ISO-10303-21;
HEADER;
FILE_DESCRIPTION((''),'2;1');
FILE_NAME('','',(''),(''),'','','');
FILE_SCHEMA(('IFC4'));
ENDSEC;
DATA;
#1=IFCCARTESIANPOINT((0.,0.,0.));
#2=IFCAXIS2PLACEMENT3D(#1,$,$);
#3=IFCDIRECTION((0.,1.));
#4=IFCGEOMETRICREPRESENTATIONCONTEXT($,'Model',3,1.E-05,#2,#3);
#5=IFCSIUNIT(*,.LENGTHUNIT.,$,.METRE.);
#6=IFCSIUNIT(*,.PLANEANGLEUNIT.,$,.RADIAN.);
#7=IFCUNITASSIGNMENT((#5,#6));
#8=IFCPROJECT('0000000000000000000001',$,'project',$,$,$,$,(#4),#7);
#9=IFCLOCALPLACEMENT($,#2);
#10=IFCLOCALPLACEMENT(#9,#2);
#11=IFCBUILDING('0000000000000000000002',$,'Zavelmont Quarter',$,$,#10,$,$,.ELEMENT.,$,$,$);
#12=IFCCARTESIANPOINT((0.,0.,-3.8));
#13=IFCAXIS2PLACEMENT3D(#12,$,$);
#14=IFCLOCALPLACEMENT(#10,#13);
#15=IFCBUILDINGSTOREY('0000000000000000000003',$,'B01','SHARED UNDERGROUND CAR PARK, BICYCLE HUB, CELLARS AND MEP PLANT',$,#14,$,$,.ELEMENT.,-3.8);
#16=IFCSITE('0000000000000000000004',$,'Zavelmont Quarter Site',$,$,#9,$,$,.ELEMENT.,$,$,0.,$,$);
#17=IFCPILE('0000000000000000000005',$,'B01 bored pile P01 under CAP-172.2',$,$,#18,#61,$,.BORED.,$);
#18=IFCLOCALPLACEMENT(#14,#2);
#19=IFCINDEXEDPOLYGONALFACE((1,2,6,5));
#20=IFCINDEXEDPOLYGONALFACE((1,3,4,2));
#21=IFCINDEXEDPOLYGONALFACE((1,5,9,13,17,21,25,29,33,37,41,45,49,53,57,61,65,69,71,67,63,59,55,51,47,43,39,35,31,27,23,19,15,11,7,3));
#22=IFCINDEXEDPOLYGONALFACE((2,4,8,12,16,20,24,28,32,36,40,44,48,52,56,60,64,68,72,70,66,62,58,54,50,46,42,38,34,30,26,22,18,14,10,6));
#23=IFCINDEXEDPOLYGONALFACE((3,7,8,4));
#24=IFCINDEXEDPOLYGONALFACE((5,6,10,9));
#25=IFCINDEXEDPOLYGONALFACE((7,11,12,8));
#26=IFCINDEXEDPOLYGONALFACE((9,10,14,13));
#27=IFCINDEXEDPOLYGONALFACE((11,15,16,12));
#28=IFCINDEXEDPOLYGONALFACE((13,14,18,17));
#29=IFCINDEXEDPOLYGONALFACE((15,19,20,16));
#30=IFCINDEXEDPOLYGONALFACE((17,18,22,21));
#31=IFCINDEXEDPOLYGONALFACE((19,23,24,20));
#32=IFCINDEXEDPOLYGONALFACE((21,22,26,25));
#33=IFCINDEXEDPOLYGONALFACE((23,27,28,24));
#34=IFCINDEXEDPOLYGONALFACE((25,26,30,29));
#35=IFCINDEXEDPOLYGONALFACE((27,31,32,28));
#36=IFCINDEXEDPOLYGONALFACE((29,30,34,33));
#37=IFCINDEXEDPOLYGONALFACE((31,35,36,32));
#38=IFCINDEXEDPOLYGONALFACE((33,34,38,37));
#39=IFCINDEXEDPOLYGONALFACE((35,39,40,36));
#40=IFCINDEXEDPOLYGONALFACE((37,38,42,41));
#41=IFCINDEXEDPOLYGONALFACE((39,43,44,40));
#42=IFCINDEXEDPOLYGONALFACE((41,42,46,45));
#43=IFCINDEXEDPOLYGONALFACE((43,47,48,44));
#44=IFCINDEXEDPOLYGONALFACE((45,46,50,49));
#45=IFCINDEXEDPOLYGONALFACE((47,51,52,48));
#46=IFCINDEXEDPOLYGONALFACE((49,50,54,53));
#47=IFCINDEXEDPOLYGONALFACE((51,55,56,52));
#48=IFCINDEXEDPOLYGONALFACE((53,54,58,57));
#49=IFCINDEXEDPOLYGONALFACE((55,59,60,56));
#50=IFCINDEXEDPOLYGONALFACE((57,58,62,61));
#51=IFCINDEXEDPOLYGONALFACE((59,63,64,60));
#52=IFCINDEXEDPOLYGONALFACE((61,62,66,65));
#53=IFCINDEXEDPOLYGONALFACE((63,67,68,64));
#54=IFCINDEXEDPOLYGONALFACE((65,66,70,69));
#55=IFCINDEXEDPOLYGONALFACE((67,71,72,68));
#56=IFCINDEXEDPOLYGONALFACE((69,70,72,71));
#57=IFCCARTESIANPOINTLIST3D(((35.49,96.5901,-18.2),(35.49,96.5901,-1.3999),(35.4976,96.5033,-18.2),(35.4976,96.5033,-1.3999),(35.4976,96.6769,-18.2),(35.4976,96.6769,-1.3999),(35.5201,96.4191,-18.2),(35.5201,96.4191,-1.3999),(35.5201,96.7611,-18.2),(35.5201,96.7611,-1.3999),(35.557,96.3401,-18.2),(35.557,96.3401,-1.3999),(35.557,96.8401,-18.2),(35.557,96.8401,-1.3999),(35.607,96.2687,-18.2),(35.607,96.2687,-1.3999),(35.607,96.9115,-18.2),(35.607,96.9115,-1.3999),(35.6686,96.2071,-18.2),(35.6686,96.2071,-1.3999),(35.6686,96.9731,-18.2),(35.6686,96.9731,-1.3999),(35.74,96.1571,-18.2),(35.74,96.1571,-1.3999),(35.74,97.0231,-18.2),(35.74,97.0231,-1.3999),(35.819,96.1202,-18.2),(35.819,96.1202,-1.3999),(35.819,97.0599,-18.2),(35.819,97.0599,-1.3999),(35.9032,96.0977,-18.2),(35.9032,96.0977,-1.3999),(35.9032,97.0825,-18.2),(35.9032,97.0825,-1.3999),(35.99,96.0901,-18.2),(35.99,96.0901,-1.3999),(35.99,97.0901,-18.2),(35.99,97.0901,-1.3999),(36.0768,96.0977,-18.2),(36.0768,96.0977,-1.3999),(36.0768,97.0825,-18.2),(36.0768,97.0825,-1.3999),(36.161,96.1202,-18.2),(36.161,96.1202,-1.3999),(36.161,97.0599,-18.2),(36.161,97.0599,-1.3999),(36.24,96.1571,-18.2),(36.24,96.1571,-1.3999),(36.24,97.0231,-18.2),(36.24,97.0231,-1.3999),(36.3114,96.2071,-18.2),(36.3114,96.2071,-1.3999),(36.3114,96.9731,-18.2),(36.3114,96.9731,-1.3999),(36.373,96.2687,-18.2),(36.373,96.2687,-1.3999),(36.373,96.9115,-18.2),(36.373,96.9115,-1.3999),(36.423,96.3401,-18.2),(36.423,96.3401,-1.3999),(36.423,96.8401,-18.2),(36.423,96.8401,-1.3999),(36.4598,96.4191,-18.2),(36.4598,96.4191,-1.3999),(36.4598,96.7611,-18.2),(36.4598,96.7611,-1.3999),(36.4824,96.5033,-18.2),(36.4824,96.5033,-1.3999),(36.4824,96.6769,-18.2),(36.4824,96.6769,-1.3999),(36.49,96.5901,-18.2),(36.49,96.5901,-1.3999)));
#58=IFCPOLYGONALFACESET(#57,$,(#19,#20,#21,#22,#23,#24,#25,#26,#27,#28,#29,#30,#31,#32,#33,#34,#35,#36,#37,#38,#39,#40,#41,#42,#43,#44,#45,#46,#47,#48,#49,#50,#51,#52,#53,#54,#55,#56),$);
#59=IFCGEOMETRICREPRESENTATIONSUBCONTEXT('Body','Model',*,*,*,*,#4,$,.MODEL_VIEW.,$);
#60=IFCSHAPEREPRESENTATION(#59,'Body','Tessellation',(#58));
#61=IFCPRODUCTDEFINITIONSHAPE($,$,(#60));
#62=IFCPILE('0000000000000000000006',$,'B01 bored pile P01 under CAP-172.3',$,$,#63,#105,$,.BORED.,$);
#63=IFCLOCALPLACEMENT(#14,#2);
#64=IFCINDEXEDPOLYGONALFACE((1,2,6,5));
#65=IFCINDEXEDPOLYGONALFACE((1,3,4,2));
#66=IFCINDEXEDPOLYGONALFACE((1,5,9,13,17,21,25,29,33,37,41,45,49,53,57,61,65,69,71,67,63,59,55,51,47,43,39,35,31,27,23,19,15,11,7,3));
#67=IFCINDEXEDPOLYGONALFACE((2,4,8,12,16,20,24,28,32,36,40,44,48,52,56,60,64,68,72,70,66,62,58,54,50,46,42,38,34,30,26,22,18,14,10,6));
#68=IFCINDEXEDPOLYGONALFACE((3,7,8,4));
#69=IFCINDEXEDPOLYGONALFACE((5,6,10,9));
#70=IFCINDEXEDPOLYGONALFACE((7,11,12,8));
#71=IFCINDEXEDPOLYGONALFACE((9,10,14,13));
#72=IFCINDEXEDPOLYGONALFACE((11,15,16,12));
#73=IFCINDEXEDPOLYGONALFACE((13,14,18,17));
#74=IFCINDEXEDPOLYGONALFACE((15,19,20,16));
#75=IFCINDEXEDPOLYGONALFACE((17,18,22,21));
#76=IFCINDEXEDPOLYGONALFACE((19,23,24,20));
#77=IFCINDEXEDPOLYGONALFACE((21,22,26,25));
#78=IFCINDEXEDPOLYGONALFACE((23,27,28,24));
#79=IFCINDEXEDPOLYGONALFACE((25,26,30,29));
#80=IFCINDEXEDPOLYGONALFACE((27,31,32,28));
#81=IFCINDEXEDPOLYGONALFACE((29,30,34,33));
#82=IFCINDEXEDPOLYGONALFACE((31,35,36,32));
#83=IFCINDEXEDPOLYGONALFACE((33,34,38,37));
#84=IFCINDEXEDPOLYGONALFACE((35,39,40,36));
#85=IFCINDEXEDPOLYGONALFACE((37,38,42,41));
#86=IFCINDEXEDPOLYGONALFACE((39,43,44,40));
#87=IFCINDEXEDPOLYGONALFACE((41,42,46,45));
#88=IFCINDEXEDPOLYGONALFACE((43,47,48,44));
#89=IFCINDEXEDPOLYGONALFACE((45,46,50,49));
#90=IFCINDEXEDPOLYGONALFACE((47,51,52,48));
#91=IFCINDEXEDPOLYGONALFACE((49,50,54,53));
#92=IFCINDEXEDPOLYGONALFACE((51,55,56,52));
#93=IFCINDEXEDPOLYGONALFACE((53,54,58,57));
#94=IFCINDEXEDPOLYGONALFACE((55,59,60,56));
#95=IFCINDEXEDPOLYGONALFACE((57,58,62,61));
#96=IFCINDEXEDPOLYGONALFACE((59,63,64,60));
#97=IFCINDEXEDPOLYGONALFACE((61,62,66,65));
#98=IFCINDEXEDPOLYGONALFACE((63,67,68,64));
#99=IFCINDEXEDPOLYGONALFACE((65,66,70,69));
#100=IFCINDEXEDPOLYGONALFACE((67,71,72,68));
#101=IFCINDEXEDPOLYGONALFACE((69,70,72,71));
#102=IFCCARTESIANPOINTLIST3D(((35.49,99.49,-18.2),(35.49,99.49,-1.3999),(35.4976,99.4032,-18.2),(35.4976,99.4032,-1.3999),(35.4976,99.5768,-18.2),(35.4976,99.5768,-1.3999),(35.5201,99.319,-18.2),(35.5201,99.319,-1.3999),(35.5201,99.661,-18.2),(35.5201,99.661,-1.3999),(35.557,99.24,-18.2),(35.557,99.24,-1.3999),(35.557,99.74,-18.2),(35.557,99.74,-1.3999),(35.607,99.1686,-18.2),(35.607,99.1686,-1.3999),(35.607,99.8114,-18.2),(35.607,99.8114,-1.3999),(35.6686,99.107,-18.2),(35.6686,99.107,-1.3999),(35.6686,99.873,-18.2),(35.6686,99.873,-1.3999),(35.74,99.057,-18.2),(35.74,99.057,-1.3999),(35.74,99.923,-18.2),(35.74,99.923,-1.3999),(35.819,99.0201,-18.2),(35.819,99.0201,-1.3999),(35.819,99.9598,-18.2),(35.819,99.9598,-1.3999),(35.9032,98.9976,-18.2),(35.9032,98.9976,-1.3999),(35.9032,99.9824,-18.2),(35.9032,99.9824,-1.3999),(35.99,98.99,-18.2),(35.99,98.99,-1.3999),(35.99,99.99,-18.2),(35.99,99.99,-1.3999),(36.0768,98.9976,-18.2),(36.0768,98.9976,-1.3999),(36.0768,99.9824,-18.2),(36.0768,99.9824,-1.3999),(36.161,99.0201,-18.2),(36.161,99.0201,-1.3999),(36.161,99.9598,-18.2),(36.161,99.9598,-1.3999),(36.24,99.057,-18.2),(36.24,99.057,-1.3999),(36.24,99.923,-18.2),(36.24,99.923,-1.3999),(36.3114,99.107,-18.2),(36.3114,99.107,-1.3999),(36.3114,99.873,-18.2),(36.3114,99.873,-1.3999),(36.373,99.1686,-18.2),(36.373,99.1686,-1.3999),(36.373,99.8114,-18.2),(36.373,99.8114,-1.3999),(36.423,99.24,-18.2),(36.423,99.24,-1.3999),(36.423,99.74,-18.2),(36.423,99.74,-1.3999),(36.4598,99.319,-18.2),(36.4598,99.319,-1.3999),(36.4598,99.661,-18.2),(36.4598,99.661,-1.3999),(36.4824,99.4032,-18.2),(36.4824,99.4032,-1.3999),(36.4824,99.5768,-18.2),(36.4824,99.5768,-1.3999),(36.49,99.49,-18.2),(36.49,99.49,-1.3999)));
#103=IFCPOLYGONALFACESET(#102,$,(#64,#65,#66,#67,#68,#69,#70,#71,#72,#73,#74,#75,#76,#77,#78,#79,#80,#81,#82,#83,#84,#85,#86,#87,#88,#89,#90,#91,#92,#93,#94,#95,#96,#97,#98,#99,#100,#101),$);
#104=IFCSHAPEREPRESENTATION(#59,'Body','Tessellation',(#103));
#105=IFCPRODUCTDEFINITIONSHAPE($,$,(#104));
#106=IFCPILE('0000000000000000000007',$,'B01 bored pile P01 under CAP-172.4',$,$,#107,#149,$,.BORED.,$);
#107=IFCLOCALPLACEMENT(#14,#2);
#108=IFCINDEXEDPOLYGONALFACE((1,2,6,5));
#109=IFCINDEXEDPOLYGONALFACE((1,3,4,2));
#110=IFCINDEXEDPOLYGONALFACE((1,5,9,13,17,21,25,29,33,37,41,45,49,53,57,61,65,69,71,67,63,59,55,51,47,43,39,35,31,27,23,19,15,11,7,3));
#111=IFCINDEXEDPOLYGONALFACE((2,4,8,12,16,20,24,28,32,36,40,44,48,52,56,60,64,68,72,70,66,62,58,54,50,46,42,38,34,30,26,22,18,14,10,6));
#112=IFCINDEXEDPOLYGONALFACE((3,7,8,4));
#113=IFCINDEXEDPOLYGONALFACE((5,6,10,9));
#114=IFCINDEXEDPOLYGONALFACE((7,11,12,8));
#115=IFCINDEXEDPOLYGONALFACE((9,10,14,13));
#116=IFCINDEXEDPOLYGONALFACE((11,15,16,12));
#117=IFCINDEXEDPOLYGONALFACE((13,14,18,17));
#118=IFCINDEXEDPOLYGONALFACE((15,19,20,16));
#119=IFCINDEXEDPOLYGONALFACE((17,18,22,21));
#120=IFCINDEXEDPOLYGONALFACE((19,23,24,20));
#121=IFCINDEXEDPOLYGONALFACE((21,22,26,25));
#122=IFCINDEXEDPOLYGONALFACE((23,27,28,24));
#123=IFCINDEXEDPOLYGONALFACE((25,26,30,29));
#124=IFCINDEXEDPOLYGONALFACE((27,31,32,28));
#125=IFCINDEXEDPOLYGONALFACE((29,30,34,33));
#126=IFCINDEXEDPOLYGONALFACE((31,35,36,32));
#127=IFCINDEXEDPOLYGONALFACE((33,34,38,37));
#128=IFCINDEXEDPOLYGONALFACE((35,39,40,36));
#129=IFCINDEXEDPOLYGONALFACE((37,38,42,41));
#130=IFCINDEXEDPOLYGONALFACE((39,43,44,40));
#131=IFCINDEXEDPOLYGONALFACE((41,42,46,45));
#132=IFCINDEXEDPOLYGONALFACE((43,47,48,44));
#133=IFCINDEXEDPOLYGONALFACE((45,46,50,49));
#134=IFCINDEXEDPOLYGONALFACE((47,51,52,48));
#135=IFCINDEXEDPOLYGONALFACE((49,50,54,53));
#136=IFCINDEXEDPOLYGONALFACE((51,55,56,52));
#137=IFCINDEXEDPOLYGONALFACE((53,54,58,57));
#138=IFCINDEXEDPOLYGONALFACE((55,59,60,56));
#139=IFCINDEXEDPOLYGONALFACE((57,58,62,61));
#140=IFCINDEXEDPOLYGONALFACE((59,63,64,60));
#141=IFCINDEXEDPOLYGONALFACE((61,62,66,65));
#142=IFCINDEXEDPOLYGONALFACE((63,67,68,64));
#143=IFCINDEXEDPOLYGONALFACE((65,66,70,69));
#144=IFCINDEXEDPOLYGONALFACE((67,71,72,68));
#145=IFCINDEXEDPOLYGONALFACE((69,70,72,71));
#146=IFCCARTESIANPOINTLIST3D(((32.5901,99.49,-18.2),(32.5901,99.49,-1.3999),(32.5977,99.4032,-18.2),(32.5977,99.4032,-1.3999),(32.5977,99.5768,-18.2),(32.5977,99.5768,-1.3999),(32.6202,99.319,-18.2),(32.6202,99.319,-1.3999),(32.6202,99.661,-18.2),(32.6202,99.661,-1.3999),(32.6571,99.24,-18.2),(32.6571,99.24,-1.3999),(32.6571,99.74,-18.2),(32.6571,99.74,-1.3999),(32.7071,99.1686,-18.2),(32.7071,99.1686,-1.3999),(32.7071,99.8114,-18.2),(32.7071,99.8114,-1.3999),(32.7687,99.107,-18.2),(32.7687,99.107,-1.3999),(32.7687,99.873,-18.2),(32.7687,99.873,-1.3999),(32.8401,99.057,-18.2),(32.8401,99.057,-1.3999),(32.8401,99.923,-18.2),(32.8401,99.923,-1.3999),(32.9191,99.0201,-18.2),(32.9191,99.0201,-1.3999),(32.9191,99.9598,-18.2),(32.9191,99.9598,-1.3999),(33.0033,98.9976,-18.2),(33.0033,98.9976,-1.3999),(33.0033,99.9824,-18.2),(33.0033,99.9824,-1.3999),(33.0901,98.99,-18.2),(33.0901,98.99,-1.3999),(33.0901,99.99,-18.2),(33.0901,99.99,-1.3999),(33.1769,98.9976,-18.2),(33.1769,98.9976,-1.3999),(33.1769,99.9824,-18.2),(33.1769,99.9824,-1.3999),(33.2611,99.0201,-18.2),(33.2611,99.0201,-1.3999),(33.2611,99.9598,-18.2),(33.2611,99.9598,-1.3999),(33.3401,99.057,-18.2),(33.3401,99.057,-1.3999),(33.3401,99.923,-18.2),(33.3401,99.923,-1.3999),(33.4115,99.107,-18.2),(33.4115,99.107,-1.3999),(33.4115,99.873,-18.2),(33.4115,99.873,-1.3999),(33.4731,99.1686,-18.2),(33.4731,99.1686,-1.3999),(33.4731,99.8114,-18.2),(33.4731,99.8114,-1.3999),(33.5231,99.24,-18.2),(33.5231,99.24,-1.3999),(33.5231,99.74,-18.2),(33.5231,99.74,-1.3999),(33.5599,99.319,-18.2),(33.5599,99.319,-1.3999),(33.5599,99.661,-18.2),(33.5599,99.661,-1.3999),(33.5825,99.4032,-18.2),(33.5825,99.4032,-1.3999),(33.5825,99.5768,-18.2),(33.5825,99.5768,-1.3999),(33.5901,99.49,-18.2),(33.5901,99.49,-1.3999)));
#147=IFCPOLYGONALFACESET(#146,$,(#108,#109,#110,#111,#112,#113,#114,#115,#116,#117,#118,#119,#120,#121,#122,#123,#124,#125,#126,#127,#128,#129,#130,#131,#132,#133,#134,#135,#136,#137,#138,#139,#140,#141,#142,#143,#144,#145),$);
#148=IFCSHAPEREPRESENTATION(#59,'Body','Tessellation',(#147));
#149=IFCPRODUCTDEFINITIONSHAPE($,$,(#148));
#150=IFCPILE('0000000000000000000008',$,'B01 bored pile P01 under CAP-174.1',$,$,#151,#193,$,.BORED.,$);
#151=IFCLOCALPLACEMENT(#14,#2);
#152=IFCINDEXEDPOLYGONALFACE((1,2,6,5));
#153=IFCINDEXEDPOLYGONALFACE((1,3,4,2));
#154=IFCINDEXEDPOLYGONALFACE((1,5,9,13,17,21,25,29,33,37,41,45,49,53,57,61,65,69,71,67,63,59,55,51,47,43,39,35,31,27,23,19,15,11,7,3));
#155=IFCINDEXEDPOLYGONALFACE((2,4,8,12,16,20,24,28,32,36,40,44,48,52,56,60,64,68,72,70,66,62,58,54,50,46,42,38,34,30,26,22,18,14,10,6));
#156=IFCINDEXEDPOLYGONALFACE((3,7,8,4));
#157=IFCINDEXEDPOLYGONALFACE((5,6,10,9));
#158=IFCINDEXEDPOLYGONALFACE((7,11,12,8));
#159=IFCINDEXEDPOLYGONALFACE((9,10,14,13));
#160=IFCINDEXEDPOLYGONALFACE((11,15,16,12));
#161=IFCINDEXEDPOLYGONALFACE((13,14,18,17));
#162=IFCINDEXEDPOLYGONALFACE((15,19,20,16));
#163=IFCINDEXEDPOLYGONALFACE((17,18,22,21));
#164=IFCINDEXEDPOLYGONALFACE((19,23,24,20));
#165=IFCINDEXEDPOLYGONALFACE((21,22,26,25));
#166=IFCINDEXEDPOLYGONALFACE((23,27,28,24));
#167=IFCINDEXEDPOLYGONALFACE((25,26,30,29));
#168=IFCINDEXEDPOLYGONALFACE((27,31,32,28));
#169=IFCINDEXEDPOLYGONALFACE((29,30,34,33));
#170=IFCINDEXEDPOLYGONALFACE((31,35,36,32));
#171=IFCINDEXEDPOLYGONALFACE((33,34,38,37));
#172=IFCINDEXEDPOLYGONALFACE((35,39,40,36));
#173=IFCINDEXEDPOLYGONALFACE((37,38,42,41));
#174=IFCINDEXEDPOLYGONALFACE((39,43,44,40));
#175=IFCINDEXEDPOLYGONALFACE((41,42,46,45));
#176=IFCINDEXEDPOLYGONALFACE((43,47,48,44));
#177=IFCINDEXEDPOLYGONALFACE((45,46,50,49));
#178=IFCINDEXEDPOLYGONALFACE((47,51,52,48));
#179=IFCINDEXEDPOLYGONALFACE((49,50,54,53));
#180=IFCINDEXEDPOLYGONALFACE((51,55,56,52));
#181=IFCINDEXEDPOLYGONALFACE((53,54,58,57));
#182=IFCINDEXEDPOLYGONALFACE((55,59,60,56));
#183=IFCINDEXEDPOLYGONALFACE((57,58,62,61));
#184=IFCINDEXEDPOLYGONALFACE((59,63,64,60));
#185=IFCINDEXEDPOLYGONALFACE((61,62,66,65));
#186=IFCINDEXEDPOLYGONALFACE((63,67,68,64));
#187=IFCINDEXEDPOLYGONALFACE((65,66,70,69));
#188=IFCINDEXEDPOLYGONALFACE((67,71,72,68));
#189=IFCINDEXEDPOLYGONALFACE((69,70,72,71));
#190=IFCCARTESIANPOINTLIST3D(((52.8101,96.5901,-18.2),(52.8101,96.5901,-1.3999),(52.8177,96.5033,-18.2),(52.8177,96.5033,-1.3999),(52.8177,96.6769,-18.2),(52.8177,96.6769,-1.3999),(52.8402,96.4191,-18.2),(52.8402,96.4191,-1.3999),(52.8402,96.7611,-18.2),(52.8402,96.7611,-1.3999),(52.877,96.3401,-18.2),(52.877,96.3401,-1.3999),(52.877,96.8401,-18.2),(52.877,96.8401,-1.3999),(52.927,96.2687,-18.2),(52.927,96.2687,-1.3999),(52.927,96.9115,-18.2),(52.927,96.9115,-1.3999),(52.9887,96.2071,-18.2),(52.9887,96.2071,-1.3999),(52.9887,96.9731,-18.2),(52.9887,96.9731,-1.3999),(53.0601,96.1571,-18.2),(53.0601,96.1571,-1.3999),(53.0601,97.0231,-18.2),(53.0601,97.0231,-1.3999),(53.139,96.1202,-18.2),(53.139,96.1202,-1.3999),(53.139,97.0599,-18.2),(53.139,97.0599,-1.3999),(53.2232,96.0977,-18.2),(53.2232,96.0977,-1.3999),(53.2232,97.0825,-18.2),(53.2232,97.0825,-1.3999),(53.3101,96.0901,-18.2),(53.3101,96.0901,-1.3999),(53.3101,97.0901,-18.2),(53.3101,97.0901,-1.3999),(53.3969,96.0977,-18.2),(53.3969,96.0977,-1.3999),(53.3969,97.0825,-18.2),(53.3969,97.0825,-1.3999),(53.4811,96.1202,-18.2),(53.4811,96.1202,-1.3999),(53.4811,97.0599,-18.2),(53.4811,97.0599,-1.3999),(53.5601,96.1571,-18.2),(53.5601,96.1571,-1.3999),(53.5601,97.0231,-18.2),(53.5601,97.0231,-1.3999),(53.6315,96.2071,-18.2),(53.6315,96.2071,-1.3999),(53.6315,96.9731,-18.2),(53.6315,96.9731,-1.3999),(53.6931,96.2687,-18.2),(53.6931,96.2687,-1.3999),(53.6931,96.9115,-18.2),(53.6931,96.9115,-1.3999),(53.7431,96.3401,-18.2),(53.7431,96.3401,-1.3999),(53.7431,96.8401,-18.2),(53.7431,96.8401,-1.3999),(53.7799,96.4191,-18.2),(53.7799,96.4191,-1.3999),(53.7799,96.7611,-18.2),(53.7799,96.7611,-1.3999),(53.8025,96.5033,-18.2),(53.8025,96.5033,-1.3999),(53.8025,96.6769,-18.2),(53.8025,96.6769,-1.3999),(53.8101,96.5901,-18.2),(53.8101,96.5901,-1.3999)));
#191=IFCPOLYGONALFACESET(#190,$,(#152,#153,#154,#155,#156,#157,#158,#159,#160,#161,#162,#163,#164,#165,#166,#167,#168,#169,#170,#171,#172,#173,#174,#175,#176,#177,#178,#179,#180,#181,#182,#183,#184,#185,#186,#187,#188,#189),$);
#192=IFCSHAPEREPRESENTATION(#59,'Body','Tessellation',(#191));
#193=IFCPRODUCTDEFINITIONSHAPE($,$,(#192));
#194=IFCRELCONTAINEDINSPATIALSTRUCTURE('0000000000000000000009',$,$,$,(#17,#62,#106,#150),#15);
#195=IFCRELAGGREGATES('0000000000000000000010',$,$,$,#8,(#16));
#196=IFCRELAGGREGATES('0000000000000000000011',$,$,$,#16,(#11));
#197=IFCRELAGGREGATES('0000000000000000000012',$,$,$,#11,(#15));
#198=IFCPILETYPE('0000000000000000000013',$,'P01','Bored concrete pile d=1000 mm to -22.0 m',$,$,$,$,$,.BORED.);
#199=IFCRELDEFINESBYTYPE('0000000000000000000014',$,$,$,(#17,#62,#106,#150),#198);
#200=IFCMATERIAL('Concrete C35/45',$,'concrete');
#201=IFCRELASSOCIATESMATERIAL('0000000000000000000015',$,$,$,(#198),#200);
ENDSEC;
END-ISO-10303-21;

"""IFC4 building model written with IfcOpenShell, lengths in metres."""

from ifc_helpers import new_model, si_unit, direction, frame, origin, origin_2d, place, context, subcontext, project, spatial, circle, extrude, material, material_profile, profile_set, type_object, element, save


model = new_model("IFC4")

# Units and contexts
model_context = context("Model", 3, precision=1e-05, world=origin(), true_north=direction((0.0, 1.0)))
body_context = subcontext(model_context, "Body", "Model", "MODEL_VIEW")
ifc_project = project(units=[si_unit("LENGTHUNIT", "METRE"), si_unit("PLANEANGLEUNIT", "RADIAN")], contexts=[model_context])

# Site, building, storey
site_placement = place(None, origin())
site = spatial("IfcSite", under=ifc_project, at=site_placement, Name="Zavelmont Quarter Site", CompositionType="ELEMENT", RefElevation=0.0)
building_placement = place(site_placement, origin())
building = spatial("IfcBuilding", under=site, at=building_placement, Name="Zavelmont Quarter", CompositionType="ELEMENT")
storey_placement = place(building_placement, frame((0.0, 0.0, -3.8)))
storey = spatial("IfcBuildingStorey", under=building, at=storey_placement, Name="B01", Description="SHARED UNDERGROUND CAR PARK, BICYCLE HUB, CELLARS AND MEP PLANT", CompositionType="ELEMENT", Elevation=-3.8)

# Shared definitions
ifc_material_1 = material(Name="Concrete C35/45", Category="concrete")

# Piles
ifc_material_profile_1 = material_profile(ifc_material_1, circle(Radius=0.5, at=origin_2d()), Name="BP1000")
ifc_profile_set_1 = profile_set([ifc_material_profile_1], Name="Concrete C35/45")
pile_type_1 = type_object("IfcPileType", Name="P01", Description="Bored concrete pile d=1000 mm to -22.0 m", PredefinedType="BORED", material=ifc_profile_set_1)
for number, where, z_axis, x_axis, name in (
    (1, (35.99, 96.5901, -1.3999), (0.0, 0.0, -1.0), (1.0, 0.0, 0.0), "B01 bored pile P01 under CAP-172.2"),
    (2, (35.99, 99.49, -1.3999), (0.0, 0.0, -1.0), (1.0, 0.0, 0.0), "B01 bored pile P01 under CAP-172.3"),
    (3, (33.0901, 99.49, -1.3999), (0.0, 0.0, -1.0), (1.0, 0.0, 0.0), "B01 bored pile P01 under CAP-172.4"),
    (4, (53.3101, 96.5901, -1.3999), (0.0, 0.0, -1.0), (1.0, 0.0, 0.0), "B01 bored pile P01 under CAP-174.1"),
):
    element("IfcPile", number, at=place(storey_placement, frame(where, z_axis=z_axis, x_axis=x_axis)), inside=storey, type_object=pile_type_1, Name=name, PredefinedType="BORED", context=body_context, shape_type="SweptSolid", body=[
        extrude(circle(Radius=0.5, at=origin_2d()), origin(), (0.0, 0.0, 1.0), 16.8),
    ])

save(model, "model.ifc")
